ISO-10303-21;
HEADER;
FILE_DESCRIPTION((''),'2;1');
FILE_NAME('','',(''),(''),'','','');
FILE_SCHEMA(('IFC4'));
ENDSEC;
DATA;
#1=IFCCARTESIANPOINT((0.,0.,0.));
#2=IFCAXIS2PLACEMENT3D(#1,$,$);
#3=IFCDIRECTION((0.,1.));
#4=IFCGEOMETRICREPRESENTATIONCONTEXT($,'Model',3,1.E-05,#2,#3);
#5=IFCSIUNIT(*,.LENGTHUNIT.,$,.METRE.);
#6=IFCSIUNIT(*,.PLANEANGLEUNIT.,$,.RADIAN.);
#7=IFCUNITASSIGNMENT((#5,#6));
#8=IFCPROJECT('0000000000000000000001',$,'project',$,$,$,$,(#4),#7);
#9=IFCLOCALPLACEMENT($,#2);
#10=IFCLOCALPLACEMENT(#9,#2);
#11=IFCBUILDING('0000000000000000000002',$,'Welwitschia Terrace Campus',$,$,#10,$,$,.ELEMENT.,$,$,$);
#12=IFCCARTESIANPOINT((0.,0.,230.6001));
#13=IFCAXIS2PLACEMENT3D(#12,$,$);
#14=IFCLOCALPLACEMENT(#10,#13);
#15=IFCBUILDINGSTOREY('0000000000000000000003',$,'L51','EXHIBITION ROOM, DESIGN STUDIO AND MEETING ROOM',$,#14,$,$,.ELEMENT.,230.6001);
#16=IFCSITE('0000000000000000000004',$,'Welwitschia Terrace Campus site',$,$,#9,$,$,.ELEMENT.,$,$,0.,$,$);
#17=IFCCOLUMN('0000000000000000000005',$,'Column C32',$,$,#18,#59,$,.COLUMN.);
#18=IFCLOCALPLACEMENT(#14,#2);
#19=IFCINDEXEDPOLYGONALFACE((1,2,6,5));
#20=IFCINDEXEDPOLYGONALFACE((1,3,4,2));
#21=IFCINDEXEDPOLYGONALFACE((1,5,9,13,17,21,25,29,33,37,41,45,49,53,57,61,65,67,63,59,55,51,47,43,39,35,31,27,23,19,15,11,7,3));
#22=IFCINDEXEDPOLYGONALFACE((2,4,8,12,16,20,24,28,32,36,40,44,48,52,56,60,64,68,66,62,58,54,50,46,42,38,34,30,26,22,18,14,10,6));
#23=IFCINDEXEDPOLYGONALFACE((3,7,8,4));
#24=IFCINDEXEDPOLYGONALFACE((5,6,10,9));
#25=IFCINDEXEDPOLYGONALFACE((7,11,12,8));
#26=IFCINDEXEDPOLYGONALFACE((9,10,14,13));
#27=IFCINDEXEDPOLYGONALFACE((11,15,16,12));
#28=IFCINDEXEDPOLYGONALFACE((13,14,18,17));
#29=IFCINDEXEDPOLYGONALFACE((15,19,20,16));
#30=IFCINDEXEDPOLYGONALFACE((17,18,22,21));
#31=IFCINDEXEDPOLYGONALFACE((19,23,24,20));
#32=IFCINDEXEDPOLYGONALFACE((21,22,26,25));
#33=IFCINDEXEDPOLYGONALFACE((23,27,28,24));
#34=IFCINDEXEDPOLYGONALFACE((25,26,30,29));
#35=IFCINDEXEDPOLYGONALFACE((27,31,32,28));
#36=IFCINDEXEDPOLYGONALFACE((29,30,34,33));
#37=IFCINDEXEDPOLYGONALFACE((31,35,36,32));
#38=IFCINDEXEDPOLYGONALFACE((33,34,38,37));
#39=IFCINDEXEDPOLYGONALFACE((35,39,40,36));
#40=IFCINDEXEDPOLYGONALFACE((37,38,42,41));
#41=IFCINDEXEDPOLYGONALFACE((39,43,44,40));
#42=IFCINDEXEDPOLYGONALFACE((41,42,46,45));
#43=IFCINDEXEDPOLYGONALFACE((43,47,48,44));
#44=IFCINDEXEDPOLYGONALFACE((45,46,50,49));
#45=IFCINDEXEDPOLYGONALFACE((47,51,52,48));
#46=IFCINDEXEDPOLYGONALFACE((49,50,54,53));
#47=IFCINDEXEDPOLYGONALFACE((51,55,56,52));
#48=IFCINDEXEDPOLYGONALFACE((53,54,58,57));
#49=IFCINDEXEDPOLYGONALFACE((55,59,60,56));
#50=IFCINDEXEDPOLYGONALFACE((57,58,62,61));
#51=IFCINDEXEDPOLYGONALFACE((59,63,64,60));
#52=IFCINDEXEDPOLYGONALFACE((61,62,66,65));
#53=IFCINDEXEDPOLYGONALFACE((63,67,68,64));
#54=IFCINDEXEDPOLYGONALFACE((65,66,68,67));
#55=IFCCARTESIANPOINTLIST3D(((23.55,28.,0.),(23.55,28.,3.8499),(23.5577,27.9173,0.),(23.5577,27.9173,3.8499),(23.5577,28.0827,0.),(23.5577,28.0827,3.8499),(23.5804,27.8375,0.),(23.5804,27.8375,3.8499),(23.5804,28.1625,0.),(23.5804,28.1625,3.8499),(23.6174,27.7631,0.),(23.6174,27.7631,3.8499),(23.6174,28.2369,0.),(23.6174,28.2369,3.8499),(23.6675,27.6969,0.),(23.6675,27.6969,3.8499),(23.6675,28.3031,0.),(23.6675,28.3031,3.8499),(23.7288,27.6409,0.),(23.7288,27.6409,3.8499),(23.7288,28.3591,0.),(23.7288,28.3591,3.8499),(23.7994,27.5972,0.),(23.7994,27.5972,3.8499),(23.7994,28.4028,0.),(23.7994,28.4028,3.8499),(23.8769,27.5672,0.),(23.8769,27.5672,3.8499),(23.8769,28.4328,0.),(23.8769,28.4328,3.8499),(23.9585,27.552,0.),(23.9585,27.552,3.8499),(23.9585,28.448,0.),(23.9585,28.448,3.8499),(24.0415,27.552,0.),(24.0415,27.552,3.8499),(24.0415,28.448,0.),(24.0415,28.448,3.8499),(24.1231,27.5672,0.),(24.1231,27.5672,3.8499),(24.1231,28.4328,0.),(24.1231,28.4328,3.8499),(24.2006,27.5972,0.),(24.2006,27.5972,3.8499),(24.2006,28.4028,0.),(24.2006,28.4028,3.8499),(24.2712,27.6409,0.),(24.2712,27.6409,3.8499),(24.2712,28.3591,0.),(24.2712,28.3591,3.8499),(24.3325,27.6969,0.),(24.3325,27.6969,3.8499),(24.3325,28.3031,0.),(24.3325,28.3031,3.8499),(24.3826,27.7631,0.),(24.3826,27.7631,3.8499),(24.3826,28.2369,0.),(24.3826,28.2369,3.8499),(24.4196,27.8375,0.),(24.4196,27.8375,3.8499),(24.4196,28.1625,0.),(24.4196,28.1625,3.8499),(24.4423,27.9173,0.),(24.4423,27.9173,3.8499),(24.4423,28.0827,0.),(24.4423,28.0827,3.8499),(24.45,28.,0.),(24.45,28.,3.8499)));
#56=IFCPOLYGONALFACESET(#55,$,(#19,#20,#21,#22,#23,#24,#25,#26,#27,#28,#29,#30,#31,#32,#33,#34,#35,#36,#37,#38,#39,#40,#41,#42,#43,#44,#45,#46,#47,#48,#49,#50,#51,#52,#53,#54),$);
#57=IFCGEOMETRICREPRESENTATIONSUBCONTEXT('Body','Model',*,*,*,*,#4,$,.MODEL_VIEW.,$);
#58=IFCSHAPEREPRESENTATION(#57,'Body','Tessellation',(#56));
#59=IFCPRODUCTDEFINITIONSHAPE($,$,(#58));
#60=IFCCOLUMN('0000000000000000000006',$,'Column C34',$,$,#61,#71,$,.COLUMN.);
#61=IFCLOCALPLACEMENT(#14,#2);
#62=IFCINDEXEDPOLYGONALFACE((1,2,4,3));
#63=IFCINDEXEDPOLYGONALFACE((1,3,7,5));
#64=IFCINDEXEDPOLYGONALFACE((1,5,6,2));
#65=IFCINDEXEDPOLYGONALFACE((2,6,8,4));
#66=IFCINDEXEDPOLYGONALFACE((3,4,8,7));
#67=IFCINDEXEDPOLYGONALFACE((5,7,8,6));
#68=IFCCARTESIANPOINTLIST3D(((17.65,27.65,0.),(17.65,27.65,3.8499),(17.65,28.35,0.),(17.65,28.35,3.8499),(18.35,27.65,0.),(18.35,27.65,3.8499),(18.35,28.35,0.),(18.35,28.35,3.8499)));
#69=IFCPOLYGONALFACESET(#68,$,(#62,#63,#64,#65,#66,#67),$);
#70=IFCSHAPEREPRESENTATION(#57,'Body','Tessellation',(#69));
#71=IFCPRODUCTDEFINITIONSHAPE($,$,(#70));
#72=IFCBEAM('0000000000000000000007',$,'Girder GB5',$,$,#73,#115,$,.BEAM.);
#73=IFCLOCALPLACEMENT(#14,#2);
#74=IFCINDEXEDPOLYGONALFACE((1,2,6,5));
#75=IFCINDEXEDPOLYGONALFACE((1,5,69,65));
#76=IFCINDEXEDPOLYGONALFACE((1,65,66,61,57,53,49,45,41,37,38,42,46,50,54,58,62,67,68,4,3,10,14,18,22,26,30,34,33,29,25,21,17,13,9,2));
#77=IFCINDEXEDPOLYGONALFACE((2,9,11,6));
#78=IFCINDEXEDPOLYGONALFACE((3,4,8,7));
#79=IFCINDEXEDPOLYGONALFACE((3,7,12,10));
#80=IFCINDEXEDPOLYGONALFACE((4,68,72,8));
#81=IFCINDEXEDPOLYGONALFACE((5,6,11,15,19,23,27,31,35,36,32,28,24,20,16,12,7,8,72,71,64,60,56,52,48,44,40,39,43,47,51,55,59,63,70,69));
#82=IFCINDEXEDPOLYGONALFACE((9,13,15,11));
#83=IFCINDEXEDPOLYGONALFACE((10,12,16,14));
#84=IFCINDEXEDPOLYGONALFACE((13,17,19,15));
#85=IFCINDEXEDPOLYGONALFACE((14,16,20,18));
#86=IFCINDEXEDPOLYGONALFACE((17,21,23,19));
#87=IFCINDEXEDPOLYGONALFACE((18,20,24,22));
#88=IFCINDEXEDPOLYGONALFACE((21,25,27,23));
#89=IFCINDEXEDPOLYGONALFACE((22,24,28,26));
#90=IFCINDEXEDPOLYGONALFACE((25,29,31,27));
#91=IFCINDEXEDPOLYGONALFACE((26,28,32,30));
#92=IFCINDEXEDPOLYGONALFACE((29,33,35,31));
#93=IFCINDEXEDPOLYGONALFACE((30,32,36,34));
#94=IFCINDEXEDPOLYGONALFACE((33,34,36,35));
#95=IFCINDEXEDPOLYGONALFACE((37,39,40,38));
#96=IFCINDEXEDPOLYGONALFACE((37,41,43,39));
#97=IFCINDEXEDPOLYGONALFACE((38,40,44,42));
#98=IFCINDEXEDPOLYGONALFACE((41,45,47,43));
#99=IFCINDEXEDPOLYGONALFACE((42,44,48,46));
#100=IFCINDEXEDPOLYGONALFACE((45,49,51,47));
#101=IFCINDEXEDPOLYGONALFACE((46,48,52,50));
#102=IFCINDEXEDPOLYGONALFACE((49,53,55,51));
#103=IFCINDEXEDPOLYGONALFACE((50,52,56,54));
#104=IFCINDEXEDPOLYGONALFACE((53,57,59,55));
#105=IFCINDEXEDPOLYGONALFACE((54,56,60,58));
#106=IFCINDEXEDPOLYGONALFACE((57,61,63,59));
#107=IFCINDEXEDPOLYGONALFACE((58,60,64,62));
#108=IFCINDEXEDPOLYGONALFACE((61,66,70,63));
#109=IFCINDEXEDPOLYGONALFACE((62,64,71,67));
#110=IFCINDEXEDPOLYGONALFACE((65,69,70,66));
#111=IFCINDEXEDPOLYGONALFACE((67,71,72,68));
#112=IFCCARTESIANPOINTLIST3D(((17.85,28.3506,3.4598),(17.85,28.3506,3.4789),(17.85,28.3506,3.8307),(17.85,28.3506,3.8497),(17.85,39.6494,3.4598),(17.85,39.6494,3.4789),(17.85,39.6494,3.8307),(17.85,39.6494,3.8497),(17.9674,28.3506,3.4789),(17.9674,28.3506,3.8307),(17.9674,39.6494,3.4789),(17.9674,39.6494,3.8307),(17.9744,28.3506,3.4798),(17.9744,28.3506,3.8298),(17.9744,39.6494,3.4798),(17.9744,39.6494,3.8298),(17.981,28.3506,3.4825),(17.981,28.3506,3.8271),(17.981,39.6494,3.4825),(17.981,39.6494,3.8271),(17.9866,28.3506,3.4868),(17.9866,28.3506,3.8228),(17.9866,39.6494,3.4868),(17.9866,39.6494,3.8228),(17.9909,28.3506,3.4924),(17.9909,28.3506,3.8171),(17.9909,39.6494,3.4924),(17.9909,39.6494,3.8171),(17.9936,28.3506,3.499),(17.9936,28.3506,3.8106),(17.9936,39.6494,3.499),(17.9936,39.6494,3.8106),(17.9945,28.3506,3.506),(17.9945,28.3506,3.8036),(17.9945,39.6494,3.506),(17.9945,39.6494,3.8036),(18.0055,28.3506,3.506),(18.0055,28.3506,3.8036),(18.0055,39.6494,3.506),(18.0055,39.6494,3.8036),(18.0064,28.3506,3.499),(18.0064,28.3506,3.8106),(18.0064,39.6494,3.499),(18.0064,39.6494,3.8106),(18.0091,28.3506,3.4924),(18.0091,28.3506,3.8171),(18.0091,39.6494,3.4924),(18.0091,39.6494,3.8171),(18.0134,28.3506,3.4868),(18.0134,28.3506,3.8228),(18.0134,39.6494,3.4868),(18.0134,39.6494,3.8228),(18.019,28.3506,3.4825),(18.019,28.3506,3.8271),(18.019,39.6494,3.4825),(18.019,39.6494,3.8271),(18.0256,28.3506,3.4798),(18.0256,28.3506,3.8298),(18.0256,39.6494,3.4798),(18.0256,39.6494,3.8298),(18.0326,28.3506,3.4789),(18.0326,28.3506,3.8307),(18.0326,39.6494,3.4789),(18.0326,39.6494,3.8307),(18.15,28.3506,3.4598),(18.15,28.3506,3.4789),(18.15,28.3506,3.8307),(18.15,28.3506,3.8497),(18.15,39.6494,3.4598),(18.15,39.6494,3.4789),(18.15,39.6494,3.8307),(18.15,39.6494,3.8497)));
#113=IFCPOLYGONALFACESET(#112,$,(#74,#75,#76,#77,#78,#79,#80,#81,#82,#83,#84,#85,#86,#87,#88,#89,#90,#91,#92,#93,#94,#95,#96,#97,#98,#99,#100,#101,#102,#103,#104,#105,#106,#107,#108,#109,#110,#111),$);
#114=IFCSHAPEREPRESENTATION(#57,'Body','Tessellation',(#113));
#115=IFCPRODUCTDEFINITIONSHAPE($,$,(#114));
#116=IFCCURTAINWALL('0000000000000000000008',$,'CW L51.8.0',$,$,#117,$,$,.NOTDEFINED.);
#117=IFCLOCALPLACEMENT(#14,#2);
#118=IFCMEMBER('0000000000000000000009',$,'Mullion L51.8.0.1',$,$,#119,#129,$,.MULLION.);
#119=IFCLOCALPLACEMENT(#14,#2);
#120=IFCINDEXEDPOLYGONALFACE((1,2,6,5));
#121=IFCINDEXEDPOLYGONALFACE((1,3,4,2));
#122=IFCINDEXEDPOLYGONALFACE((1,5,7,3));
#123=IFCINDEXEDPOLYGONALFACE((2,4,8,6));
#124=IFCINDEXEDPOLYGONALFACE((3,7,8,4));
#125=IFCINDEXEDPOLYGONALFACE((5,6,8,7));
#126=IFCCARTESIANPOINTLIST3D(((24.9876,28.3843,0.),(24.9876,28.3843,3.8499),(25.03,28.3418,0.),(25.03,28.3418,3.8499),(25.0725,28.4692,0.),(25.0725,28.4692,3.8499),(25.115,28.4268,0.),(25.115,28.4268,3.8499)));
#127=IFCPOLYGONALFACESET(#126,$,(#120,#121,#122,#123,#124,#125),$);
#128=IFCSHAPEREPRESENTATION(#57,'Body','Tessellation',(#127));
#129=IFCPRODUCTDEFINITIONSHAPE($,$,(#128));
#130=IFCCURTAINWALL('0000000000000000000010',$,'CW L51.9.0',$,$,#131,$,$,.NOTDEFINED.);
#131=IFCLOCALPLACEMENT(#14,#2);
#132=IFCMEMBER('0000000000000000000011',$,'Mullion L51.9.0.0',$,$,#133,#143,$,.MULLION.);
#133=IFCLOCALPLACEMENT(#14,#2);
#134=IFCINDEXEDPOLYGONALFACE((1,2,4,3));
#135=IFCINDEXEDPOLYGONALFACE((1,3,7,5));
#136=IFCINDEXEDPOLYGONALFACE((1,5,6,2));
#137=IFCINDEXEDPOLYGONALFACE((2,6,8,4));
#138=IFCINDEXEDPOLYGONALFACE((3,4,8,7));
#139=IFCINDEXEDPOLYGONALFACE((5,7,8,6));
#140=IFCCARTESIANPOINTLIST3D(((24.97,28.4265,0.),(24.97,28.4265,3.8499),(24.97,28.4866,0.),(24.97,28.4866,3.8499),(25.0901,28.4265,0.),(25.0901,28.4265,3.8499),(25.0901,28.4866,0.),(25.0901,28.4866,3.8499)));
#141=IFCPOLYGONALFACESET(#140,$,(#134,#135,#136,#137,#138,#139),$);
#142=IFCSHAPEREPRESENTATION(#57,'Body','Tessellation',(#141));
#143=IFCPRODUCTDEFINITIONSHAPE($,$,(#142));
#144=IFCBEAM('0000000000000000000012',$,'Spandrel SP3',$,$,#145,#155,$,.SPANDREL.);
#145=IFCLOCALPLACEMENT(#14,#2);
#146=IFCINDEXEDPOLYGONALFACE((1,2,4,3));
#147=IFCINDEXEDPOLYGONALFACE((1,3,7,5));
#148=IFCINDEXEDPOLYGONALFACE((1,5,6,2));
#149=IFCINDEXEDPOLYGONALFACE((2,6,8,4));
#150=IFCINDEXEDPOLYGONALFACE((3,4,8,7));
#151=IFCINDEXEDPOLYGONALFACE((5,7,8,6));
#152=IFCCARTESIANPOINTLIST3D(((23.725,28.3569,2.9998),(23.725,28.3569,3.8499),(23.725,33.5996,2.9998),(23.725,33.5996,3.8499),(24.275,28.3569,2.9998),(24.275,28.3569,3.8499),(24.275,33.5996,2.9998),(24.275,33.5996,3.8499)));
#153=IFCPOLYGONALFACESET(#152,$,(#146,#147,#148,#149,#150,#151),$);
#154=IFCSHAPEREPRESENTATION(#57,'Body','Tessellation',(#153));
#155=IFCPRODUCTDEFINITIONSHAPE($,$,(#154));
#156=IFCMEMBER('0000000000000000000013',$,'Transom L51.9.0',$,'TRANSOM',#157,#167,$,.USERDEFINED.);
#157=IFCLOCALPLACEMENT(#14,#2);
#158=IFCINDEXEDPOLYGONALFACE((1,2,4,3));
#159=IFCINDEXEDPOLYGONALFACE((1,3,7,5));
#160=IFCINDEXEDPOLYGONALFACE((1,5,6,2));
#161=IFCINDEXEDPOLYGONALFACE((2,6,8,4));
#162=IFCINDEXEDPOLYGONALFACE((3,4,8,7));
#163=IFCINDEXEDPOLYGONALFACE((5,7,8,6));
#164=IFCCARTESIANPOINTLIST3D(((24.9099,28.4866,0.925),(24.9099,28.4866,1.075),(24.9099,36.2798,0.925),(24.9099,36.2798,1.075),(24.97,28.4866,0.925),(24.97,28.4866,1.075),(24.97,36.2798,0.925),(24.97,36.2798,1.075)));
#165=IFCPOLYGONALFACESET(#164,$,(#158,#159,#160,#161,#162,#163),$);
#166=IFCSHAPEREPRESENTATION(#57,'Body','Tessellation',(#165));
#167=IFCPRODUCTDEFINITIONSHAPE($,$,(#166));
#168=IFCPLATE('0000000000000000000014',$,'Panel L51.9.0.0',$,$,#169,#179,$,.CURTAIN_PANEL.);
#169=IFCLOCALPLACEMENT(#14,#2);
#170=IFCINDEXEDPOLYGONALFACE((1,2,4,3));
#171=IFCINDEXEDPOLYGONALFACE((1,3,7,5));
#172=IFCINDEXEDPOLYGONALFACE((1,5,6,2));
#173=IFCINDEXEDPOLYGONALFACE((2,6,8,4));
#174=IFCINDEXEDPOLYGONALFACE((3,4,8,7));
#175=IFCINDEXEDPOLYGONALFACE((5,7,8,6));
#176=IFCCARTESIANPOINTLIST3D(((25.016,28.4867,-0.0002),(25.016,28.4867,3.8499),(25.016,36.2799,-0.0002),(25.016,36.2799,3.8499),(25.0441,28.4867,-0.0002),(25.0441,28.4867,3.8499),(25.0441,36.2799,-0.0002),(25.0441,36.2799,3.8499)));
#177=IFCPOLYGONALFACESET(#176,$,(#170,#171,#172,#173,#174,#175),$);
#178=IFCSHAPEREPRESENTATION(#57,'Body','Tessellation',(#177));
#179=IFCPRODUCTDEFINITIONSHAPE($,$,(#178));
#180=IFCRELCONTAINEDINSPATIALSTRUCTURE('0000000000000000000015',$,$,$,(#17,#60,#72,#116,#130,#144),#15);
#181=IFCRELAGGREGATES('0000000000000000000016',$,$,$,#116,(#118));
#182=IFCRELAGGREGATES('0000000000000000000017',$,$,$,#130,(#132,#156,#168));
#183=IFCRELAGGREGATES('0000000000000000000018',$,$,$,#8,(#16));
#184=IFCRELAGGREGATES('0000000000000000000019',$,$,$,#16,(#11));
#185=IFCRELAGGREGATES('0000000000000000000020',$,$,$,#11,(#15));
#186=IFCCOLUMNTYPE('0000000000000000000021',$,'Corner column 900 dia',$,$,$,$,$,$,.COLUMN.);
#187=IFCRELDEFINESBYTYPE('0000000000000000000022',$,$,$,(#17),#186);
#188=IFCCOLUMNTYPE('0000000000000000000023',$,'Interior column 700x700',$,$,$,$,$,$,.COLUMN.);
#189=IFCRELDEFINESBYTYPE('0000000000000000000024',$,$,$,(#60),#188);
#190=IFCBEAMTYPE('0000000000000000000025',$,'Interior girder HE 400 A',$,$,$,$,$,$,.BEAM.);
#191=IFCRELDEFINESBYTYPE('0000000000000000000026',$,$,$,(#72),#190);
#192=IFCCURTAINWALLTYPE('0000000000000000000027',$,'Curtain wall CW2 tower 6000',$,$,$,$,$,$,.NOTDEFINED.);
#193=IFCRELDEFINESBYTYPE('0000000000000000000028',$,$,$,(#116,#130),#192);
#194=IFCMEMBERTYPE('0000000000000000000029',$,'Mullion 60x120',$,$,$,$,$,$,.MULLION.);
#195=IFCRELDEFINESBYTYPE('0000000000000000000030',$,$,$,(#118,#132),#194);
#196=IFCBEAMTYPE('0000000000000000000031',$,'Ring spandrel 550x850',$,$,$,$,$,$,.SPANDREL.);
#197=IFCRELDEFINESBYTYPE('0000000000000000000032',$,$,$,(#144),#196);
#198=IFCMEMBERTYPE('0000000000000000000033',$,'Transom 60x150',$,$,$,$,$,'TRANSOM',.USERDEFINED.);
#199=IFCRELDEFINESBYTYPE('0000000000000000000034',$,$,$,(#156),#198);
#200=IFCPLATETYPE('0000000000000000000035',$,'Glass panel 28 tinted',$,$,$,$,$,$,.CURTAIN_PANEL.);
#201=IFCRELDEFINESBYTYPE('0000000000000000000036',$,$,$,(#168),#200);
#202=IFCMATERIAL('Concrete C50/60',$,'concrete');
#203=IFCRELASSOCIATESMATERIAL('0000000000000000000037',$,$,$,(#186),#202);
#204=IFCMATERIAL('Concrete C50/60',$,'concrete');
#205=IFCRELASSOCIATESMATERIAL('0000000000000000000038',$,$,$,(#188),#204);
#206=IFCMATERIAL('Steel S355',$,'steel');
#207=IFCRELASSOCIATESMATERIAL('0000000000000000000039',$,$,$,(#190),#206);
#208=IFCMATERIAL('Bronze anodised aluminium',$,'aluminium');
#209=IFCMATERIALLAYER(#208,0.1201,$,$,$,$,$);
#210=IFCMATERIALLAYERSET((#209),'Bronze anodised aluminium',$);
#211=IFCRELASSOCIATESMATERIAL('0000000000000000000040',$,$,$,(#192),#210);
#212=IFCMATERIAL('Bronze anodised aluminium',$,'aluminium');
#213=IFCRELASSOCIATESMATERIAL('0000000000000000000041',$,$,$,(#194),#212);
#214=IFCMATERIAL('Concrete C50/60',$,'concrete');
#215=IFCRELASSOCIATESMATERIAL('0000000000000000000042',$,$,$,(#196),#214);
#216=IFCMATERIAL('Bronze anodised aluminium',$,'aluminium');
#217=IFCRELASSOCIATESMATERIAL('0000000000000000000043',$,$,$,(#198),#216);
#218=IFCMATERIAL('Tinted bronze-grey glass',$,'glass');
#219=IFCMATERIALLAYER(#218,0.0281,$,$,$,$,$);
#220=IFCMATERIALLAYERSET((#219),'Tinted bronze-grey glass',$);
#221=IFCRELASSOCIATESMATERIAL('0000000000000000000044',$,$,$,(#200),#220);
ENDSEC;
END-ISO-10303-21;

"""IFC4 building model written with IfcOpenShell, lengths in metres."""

from ifc_helpers import new_model, si_unit, direction, frame, origin, origin_2d, place, context, subcontext, project, spatial, rectangle, circle, i_section, extrude, material, layer, layer_set, material_profile, profile_set, type_object, element, aggregate, save


model = new_model("IFC4")

# Units and contexts
model_context = context("Model", 3, precision=1e-05, world=origin(), true_north=direction((0.0, 1.0)))
body_context = subcontext(model_context, "Body", "Model", "MODEL_VIEW")
ifc_project = project(units=[si_unit("LENGTHUNIT", "METRE"), si_unit("PLANEANGLEUNIT", "RADIAN")], contexts=[model_context])

# Site, building, storey
site_placement = place(None, origin())
site = spatial("IfcSite", under=ifc_project, at=site_placement, Name="Welwitschia Terrace Campus site", CompositionType="ELEMENT", RefElevation=0.0)
building_placement = place(site_placement, origin())
building = spatial("IfcBuilding", under=site, at=building_placement, Name="Welwitschia Terrace Campus", CompositionType="ELEMENT")
storey_placement = place(building_placement, frame((0.0, 0.0, 230.6001)))
storey = spatial("IfcBuildingStorey", under=building, at=storey_placement, Name="L51", Description="EXHIBITION ROOM, DESIGN STUDIO AND MEETING ROOM", CompositionType="ELEMENT", Elevation=230.6001)

# Columns
ifc_material_1 = material(Name="Concrete C50/60", Category="concrete")
ifc_material_profile_1 = material_profile(ifc_material_1, circle(Radius=0.45, at=origin_2d()))
ifc_profile_set_1 = profile_set([ifc_material_profile_1], Name="Concrete C50/60")
column_type_1 = type_object("IfcColumnType", Name="Corner column 900 dia", PredefinedType="COLUMN", material=ifc_profile_set_1)
column_1_placement = place(storey_placement, frame((24.0, 28.0, 0.0), z_axis=(0.0, 0.0, 1.0), x_axis=(1.0, 0.0, 0.0)))
element("IfcColumn", 1, at=column_1_placement, inside=storey, type_object=column_type_1, Name="Column C32", PredefinedType="COLUMN", context=body_context, shape_type="SweptSolid", body=[
    extrude(circle(Radius=0.45, at=origin_2d()), origin(), (0.0, 0.0, 1.0), 3.8499),
])
ifc_material_2 = material(Name="Concrete C50/60", Category="concrete")
ifc_material_profile_2 = material_profile(ifc_material_2, rectangle(XDim=0.7, YDim=0.7, at=origin_2d()))
ifc_profile_set_2 = profile_set([ifc_material_profile_2], Name="Concrete C50/60")
column_type_2 = type_object("IfcColumnType", Name="Interior column 700x700", PredefinedType="COLUMN", material=ifc_profile_set_2)
column_2_placement = place(storey_placement, frame((18.0, 28.0, 0.0), z_axis=(0.0, 0.0, 1.0), x_axis=(1.0, 0.0, 0.0)))
element("IfcColumn", 2, at=column_2_placement, inside=storey, type_object=column_type_2, Name="Column C34", PredefinedType="COLUMN", context=body_context, shape_type="SweptSolid", body=[
    extrude(rectangle(XDim=0.7, YDim=0.7, at=origin_2d()), origin(), (0.0, 0.0, 1.0), 3.8499),
])

# Beam
ifc_material_3 = material(Name="Steel S355", Category="steel")
ifc_material_profile_3 = material_profile(ifc_material_3, i_section(OverallWidth=0.3, OverallDepth=0.3899, WebThickness=0.011, FlangeThickness=0.019, FilletRadius=0.0271, at=origin_2d()))
ifc_profile_set_3 = profile_set([ifc_material_profile_3], Name="Steel S355")
beam_type_1 = type_object("IfcBeamType", Name="Interior girder HE 400 A", PredefinedType="BEAM", material=ifc_profile_set_3)
beam_1_placement = place(storey_placement, frame((18.0, 28.3506, 3.6548), z_axis=(0.0, 1.0, 0.0), x_axis=(-1.0, 0.0, 0.0)))
element("IfcBeam", 3, at=beam_1_placement, inside=storey, type_object=beam_type_1, Name="Girder GB5", PredefinedType="BEAM", context=body_context, shape_type="SweptSolid", body=[
    extrude(i_section(OverallWidth=0.3, OverallDepth=0.3899, WebThickness=0.011, FlangeThickness=0.019, FilletRadius=0.0271, at=origin_2d()), origin(), (0.0, 0.0, 1.0), 11.2988),
])

# Curtain walls, members
ifc_material_4 = material(Name="Bronze anodised aluminium", Category="aluminium")
ifc_layer_1 = layer(ifc_material_4, 0.1201)
ifc_layer_set_1 = layer_set([ifc_layer_1], Name="Bronze anodised aluminium")
curtain_wall_type = type_object("IfcCurtainWallType", Name="Curtain wall CW2 tower 6000", PredefinedType="NOTDEFINED", material=ifc_layer_set_1)
curtain_wall_1_placement = place(storey_placement, origin())
curtain_wall_1 = element("IfcCurtainWall", 4, at=curtain_wall_1_placement, inside=storey, type_object=curtain_wall_type, Name="CW L51.8.0", PredefinedType="NOTDEFINED")
ifc_material_5 = material(Name="Bronze anodised aluminium", Category="aluminium")
ifc_material_profile_4 = material_profile(ifc_material_5, rectangle(XDim=0.1201, YDim=0.0601, at=origin_2d()))
ifc_profile_set_4 = profile_set([ifc_material_profile_4], Name="Bronze anodised aluminium")
member_type_1 = type_object("IfcMemberType", Name="Mullion 60x120", PredefinedType="MULLION", material=ifc_profile_set_4)
member_1_placement = place(storey_placement, frame((25.0513, 28.4055, 0.0), z_axis=(0.0, 0.0, 1.0), x_axis=(-0.707107, -0.707107, 0.0)))
member_1 = element("IfcMember", 5, at=member_1_placement, type_object=member_type_1, Name="Mullion L51.8.0.1", PredefinedType="MULLION", context=body_context, shape_type="SweptSolid", body=[
    extrude(rectangle(XDim=0.1201, YDim=0.0601, at=origin_2d()), origin(), (0.0, 0.0, 1.0), 3.8499),
])
aggregate(curtain_wall_1, [member_1])
curtain_wall_2_placement = place(storey_placement, origin())
curtain_wall_2 = element("IfcCurtainWall", 6, at=curtain_wall_2_placement, inside=storey, type_object=curtain_wall_type, Name="CW L51.9.0", PredefinedType="NOTDEFINED")
member_2_placement = place(storey_placement, frame((25.03, 28.4565, 0.0), z_axis=(0.0, 0.0, 1.0), x_axis=(-1.0, 0.0, 0.0)))
member_2 = element("IfcMember", 7, at=member_2_placement, type_object=member_type_1, Name="Mullion L51.9.0.0", PredefinedType="MULLION", context=body_context, shape_type="SweptSolid", body=[
    extrude(rectangle(XDim=0.1201, YDim=0.0601, at=origin_2d()), origin(), (0.0, 0.0, 1.0), 3.8499),
])

# Beam
ifc_material_6 = material(Name="Concrete C50/60", Category="concrete")
ifc_material_profile_5 = material_profile(ifc_material_6, rectangle(XDim=0.55, YDim=0.8501, at=origin_2d()))
ifc_profile_set_5 = profile_set([ifc_material_profile_5], Name="Concrete C50/60")
beam_type_2 = type_object("IfcBeamType", Name="Ring spandrel 550x850", PredefinedType="SPANDREL", material=ifc_profile_set_5)
beam_2_placement = place(storey_placement, frame((24.0, 28.3569, 3.4248), z_axis=(0.0, 1.0, 0.0), x_axis=(-1.0, 0.0, 0.0)))
element("IfcBeam", 8, at=beam_2_placement, inside=storey, type_object=beam_type_2, Name="Spandrel SP3", PredefinedType="SPANDREL", context=body_context, shape_type="SweptSolid", body=[
    extrude(rectangle(XDim=0.55, YDim=0.8501, at=origin_2d()), origin(), (0.0, 0.0, 1.0), 5.2427),
])

# Member
ifc_material_7 = material(Name="Bronze anodised aluminium", Category="aluminium")
ifc_material_profile_6 = material_profile(ifc_material_7, rectangle(XDim=0.0601, YDim=0.1499, at=origin_2d()))
ifc_profile_set_6 = profile_set([ifc_material_profile_6], Name="Bronze anodised aluminium")
member_type_2 = type_object("IfcMemberType", Name="Transom 60x150", ElementType="TRANSOM", PredefinedType="USERDEFINED", material=ifc_profile_set_6)
member_3_placement = place(storey_placement, frame((24.9399, 28.4866, 1.0), z_axis=(0.0, 1.0, 0.0), x_axis=(-1.0, 0.0, 0.0)))
member_3 = element("IfcMember", 9, at=member_3_placement, type_object=member_type_2, Name="Transom L51.9.0", ObjectType="TRANSOM", PredefinedType="USERDEFINED", context=body_context, shape_type="SweptSolid", body=[
    extrude(rectangle(XDim=0.0601, YDim=0.1499, at=origin_2d()), origin(), (0.0, 0.0, 1.0), 7.7932),
])

# Plate
ifc_material_8 = material(Name="Tinted bronze-grey glass", Category="glass")
ifc_layer_2 = layer(ifc_material_8, 0.0281)
ifc_layer_set_2 = layer_set([ifc_layer_2], Name="Tinted bronze-grey glass")
plate_type = type_object("IfcPlateType", Name="Glass panel 28 tinted", PredefinedType="CURTAIN_PANEL", material=ifc_layer_set_2)
plate_placement = place(storey_placement, frame((25.03, 32.3833, -0.0002), z_axis=(0.0, 0.0, 1.0), x_axis=(0.0, 1.0, 0.0)))
plate = element("IfcPlate", 10, at=plate_placement, type_object=plate_type, Name="Panel L51.9.0.0", PredefinedType="CURTAIN_PANEL", context=body_context, shape_type="SweptSolid", body=[
    extrude(rectangle(XDim=7.7932, YDim=0.0281, at=origin_2d()), origin(), (0.0, 0.0, 1.0), 3.8501),
])
aggregate(curtain_wall_2, [member_2, member_3, plate])

save(model, "model.ifc")
